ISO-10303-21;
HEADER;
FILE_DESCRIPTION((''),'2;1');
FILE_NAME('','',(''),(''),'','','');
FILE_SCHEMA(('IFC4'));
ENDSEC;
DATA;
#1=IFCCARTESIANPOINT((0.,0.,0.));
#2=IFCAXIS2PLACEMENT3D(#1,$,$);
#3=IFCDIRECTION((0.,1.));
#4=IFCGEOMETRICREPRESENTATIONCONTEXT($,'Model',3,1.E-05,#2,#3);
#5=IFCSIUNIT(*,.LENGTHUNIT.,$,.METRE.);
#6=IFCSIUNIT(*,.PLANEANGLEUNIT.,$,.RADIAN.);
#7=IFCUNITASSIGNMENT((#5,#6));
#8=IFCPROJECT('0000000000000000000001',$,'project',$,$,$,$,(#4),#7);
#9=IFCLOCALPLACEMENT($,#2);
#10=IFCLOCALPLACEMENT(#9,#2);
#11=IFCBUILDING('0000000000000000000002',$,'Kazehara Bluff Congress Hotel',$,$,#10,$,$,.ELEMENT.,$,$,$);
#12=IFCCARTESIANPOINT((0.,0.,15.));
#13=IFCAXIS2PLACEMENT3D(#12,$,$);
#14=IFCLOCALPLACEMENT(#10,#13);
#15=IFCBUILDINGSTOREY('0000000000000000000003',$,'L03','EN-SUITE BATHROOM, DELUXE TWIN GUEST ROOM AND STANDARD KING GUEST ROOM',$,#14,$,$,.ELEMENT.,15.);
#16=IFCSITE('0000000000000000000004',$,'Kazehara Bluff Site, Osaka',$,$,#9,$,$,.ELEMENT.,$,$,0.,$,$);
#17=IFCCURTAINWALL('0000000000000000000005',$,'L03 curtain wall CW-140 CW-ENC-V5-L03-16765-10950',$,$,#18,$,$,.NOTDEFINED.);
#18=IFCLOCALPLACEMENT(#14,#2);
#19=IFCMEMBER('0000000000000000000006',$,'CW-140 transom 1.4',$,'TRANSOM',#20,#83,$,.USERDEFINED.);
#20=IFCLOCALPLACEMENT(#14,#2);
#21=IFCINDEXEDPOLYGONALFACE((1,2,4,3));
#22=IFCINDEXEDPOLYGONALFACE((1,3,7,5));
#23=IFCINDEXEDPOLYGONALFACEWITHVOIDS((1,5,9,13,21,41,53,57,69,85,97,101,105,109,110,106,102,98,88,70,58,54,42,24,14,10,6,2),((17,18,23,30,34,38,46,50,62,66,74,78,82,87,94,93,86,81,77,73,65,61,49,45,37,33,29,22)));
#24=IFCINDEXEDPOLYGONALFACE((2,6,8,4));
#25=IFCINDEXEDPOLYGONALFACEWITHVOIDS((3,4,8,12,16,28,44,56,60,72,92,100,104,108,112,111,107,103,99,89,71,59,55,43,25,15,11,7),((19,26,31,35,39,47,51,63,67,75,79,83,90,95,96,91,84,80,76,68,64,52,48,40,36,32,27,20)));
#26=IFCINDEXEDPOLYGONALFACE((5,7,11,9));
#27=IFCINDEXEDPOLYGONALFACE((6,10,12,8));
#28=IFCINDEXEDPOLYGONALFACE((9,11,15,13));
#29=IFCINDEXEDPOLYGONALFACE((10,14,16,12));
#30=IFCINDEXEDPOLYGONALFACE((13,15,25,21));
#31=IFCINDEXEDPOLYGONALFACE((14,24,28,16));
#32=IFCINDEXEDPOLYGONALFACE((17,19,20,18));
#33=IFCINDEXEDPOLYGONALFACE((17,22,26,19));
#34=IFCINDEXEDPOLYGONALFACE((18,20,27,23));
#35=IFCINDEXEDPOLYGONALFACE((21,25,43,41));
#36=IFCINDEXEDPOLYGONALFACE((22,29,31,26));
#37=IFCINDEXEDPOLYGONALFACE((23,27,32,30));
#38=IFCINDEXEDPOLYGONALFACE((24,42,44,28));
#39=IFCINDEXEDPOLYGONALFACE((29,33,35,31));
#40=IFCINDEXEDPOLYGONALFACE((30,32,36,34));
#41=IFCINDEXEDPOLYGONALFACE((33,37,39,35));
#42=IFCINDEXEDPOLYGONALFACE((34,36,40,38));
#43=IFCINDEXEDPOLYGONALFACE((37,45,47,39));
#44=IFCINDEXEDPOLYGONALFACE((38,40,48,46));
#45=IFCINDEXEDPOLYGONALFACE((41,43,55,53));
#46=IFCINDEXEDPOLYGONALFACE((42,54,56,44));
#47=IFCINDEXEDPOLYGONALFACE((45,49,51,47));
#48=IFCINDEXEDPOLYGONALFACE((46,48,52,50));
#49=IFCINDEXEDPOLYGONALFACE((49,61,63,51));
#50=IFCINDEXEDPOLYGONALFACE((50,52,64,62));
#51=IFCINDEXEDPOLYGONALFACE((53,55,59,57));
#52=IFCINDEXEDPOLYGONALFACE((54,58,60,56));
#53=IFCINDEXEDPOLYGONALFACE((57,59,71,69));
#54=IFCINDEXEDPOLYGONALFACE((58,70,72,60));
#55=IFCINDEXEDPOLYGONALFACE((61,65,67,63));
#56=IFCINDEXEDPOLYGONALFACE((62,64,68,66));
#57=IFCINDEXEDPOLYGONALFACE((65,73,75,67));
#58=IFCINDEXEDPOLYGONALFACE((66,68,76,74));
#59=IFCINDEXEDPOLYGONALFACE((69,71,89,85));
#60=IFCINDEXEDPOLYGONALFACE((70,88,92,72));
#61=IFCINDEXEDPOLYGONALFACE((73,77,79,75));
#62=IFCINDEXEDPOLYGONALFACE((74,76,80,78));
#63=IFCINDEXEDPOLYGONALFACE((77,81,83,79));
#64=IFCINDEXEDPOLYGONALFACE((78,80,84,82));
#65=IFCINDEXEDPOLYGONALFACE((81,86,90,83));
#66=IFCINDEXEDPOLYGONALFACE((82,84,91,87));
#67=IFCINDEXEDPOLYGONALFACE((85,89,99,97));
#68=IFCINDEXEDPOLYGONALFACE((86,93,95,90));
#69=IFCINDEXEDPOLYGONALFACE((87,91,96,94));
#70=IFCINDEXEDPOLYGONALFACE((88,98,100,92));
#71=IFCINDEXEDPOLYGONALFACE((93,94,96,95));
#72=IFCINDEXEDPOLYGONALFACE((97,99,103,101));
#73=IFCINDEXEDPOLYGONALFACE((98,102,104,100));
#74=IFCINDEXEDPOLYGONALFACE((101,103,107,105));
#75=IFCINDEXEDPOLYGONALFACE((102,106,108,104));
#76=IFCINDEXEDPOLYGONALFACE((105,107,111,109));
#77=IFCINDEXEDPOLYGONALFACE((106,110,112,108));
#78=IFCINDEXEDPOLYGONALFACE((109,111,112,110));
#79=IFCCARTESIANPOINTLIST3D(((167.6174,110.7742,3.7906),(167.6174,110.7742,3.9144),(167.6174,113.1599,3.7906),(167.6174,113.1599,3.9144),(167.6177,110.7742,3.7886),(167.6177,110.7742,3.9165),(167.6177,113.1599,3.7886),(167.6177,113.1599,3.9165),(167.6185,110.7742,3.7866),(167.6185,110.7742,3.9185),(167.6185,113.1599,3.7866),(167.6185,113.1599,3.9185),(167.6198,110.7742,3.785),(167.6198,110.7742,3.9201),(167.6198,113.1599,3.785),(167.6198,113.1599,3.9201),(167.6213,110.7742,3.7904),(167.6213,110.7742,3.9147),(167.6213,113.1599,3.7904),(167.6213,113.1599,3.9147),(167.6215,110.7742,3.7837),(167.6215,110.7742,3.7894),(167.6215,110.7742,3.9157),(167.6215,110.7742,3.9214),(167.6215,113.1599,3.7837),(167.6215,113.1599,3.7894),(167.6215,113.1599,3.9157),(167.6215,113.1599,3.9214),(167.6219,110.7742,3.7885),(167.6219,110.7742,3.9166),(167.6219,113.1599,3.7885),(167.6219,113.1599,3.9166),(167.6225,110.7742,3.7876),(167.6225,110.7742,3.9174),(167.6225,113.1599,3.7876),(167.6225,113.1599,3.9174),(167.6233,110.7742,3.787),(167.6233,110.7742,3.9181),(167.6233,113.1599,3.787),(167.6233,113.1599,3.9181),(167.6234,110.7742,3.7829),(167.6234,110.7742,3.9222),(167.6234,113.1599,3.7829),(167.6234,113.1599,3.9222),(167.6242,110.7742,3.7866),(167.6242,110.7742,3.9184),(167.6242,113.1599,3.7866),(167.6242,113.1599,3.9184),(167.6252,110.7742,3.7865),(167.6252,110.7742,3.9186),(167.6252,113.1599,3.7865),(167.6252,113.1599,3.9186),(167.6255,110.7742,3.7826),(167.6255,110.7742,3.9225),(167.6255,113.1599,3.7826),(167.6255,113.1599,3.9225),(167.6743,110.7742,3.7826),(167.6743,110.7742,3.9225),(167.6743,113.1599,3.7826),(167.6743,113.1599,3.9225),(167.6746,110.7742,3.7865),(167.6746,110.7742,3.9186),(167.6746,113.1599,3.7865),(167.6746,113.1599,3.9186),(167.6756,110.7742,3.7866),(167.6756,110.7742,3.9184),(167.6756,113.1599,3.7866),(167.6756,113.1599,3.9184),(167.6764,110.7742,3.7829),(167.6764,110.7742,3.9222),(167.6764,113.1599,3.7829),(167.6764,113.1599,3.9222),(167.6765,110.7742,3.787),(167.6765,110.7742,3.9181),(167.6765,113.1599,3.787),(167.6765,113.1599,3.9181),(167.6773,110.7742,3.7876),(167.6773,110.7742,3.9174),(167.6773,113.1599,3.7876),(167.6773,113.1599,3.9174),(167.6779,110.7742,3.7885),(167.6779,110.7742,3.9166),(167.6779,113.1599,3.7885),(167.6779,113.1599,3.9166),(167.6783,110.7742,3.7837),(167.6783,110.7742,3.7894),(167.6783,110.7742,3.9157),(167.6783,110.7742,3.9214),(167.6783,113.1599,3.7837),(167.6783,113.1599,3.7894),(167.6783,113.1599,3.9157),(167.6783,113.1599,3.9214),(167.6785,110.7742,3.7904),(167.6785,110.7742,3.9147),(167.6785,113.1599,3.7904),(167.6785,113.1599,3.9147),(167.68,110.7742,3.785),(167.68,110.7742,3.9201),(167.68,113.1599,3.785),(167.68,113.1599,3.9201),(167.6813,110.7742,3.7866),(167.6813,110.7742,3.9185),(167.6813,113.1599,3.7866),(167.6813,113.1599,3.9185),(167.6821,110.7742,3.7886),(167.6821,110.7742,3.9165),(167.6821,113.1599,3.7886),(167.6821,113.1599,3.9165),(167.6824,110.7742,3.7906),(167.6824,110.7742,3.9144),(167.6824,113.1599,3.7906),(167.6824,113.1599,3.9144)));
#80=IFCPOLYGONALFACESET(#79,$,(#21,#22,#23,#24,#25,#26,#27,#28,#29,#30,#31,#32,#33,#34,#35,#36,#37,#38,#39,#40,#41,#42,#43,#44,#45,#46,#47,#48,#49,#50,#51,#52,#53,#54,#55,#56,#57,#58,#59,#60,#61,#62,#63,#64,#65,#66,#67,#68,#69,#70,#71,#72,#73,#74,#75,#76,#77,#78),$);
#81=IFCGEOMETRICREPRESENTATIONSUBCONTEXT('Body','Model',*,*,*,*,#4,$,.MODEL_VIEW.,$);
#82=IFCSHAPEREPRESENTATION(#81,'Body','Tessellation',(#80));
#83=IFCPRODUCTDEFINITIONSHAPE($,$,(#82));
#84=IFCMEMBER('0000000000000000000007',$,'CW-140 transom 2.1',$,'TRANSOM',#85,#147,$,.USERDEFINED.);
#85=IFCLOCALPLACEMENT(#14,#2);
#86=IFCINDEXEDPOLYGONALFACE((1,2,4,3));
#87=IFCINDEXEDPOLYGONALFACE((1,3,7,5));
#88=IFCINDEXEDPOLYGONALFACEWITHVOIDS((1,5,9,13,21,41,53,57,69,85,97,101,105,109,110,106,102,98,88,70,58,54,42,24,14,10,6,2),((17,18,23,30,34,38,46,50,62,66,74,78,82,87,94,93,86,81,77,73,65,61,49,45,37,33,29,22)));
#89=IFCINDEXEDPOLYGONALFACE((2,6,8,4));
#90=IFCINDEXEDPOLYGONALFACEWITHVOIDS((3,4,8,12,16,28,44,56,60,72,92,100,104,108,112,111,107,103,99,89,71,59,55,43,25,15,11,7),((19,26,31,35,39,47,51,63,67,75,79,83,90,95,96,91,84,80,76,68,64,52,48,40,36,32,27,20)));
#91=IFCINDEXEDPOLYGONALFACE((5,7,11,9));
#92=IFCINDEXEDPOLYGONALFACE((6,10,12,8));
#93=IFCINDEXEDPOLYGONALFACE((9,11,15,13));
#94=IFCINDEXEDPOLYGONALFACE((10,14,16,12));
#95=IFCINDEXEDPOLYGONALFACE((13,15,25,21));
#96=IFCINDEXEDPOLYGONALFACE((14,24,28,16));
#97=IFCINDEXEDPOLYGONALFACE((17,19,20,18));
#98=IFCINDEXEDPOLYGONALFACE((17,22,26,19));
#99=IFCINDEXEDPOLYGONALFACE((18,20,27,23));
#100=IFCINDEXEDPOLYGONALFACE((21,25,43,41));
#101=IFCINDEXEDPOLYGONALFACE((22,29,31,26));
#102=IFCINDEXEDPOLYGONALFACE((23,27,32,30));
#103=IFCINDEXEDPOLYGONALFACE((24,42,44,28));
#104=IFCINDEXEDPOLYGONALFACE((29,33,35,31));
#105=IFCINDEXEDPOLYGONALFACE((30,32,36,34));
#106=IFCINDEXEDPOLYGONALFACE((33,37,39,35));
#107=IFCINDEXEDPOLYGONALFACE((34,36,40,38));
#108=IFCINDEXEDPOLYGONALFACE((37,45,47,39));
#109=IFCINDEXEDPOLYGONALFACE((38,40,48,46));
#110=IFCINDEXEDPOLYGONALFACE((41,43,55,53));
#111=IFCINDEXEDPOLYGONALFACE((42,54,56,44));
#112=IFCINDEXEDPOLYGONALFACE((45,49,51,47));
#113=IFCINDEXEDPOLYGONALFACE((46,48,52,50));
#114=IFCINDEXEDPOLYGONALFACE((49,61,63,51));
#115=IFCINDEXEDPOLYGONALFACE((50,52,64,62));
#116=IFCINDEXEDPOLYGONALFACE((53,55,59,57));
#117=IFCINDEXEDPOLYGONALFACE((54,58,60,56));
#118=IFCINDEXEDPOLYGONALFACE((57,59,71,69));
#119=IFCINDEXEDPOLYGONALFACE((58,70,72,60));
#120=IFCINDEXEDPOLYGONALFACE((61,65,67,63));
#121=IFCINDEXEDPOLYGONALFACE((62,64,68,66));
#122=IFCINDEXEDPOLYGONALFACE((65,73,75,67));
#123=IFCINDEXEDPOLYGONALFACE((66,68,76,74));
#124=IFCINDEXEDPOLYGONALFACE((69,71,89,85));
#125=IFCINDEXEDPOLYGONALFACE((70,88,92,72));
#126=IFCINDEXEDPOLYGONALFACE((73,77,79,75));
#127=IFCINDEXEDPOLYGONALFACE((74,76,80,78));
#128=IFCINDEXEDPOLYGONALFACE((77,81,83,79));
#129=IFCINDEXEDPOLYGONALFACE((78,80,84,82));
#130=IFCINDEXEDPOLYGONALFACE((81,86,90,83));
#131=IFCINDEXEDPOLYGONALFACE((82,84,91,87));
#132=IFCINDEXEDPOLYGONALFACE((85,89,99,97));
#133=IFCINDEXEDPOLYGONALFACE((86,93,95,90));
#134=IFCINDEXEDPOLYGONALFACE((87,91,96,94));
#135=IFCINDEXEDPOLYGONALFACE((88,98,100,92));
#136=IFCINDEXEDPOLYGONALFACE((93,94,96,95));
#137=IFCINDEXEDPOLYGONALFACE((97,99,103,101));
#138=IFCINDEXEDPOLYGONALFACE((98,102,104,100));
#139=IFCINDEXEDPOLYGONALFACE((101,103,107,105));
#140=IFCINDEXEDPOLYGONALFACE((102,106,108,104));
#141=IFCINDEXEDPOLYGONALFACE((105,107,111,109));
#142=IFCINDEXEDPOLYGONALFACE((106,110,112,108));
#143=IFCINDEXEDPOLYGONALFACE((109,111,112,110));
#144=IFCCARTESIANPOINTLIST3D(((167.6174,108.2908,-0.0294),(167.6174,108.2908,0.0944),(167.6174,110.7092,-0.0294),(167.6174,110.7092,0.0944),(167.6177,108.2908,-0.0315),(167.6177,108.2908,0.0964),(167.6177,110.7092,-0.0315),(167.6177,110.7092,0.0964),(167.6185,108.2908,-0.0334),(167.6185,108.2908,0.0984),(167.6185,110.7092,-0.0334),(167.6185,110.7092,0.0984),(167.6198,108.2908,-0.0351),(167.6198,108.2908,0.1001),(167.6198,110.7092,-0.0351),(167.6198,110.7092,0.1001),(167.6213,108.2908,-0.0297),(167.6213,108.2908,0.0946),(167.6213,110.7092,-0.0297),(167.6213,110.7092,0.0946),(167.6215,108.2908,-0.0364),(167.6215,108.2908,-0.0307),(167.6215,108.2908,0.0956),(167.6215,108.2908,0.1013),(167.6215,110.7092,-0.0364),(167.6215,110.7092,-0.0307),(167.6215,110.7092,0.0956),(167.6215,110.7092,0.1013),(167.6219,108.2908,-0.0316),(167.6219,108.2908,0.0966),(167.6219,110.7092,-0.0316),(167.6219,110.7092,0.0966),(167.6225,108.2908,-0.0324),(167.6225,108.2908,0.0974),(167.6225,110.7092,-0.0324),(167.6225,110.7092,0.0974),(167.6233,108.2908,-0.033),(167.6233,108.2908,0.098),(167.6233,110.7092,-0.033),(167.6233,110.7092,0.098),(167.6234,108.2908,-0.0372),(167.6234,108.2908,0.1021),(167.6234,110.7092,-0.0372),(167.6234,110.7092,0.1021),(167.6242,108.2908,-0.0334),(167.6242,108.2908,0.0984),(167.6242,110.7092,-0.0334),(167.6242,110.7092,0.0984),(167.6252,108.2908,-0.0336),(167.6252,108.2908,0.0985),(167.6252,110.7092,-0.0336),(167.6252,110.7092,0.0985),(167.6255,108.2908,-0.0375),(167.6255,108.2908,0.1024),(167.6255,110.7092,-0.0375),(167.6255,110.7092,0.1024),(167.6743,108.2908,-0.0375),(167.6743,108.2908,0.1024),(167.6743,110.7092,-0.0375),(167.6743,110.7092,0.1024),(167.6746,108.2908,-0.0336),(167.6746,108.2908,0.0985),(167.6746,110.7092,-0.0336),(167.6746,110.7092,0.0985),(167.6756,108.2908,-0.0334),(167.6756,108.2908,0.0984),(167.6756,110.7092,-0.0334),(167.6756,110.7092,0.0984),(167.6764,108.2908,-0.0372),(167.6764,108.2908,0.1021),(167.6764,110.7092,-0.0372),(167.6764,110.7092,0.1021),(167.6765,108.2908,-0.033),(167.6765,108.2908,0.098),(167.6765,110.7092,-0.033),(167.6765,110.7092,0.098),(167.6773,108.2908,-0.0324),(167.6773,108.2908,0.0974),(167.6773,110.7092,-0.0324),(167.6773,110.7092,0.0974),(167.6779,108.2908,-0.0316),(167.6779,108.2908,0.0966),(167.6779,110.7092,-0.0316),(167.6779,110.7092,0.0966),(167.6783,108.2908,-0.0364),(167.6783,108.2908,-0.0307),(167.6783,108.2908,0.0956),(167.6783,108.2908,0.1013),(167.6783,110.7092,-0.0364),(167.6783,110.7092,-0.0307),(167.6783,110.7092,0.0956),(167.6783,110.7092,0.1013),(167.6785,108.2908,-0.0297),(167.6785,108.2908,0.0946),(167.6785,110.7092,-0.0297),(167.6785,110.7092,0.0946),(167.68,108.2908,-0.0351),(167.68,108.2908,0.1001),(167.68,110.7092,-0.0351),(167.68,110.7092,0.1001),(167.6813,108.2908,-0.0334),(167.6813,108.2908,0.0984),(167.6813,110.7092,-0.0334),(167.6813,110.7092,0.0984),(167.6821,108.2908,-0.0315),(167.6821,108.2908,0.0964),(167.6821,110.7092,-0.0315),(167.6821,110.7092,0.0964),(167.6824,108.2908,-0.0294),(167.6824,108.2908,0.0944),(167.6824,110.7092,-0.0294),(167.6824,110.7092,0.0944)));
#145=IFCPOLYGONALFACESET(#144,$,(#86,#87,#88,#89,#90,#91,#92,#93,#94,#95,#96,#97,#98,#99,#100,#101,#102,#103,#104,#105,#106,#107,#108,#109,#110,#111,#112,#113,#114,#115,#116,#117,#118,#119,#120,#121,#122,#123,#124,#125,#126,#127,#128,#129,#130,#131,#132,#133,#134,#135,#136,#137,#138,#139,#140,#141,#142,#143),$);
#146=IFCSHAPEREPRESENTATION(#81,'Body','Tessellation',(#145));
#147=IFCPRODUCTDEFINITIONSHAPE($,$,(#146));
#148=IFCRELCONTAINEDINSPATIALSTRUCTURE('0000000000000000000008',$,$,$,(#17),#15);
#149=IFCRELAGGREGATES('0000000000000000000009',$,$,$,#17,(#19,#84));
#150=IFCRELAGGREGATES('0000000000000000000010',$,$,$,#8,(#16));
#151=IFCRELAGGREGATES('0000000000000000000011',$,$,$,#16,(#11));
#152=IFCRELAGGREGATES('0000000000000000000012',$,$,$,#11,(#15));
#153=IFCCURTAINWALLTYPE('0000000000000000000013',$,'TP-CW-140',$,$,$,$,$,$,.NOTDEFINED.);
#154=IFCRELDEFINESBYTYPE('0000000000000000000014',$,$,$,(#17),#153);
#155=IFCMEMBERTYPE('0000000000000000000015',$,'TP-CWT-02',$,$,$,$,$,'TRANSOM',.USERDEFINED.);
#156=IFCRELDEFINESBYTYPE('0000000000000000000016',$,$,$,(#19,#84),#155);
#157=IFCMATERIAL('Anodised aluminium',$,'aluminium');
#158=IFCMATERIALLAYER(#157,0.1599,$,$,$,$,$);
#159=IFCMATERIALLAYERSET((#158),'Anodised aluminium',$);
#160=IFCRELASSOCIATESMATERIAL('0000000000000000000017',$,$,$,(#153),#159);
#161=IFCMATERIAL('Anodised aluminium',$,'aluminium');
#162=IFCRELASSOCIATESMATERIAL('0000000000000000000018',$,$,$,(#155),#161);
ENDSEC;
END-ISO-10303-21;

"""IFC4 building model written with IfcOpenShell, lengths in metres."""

from ifc_helpers import new_model, si_unit, direction, frame, origin, origin_2d, place, context, subcontext, project, spatial, hollow_rectangle, extrude, material, layer, layer_set, material_profile, profile_set, type_object, element, aggregate, save


model = new_model("IFC4")

# Units and contexts
model_context = context("Model", 3, precision=1e-05, world=origin(), true_north=direction((0.0, 1.0)))
body_context = subcontext(model_context, "Body", "Model", "MODEL_VIEW")
ifc_project = project(units=[si_unit("LENGTHUNIT", "METRE"), si_unit("PLANEANGLEUNIT", "RADIAN")], contexts=[model_context])

# Site, building, storey
site_placement = place(None, origin())
site = spatial("IfcSite", under=ifc_project, at=site_placement, Name="Kazehara Bluff Site, Osaka", CompositionType="ELEMENT", RefElevation=0.0)
building_placement = place(site_placement, origin())
building = spatial("IfcBuilding", under=site, at=building_placement, Name="Kazehara Bluff Congress Hotel", CompositionType="ELEMENT")
storey_placement = place(building_placement, frame((0.0, 0.0, 15.0)))
storey = spatial("IfcBuildingStorey", under=building, at=storey_placement, Name="L03", Description="EN-SUITE BATHROOM, DELUXE TWIN GUEST ROOM AND STANDARD KING GUEST ROOM", CompositionType="ELEMENT", Elevation=15.0)

# Curtain wall, members
ifc_material_1 = material(Name="Anodised aluminium", Category="aluminium")
ifc_layer_1 = layer(ifc_material_1, 0.1599)
ifc_layer_set_1 = layer_set([ifc_layer_1], Name="Anodised aluminium")
curtain_wall_type_1 = type_object("IfcCurtainWallType", Name="TP-CW-140", PredefinedType="NOTDEFINED", material=ifc_layer_set_1)
curtain_wall_1_placement = place(storey_placement, origin())
curtain_wall_1 = element("IfcCurtainWall", 1, at=curtain_wall_1_placement, inside=storey, type_object=curtain_wall_type_1, Name="L03 curtain wall CW-140 CW-ENC-V5-L03-16765-10950", PredefinedType="NOTDEFINED")
ifc_material_2 = material(Name="Anodised aluminium", Category="aluminium")
ifc_material_profile_1 = material_profile(ifc_material_2, hollow_rectangle(XDim=0.0649, YDim=0.1399, WallThickness=0.0039, InnerFilletRadius=0.0039, OuterFilletRadius=0.0081, at=origin_2d()))
ifc_profile_set_1 = profile_set([ifc_material_profile_1], Name="Anodised aluminium")
member_type_1 = type_object("IfcMemberType", Name="TP-CWT-02", ElementType="TRANSOM", PredefinedType="USERDEFINED", material=ifc_profile_set_1)
member_1_placement = place(storey_placement, frame((167.6499, 113.1599, 3.8525), z_axis=(0.0, -1.0, 0.0), x_axis=(1.0, 0.0, 0.0)))
member_1 = element("IfcMember", 2, at=member_1_placement, type_object=member_type_1, Name="CW-140 transom 1.4", ObjectType="TRANSOM", PredefinedType="USERDEFINED", context=body_context, shape_type="SweptSolid", body=[
    extrude(hollow_rectangle(XDim=0.0649, YDim=0.1399, WallThickness=0.0039, InnerFilletRadius=0.0039, OuterFilletRadius=0.0081, at=origin_2d()), origin(), (0.0, 0.0, 1.0), 2.3857),
])
member_2_placement = place(storey_placement, frame((167.6499, 110.7092, 0.0325), z_axis=(0.0, -1.0, 0.0), x_axis=(1.0, 0.0, 0.0)))
member_2 = element("IfcMember", 3, at=member_2_placement, type_object=member_type_1, Name="CW-140 transom 2.1", ObjectType="TRANSOM", PredefinedType="USERDEFINED", context=body_context, shape_type="SweptSolid", body=[
    extrude(hollow_rectangle(XDim=0.0649, YDim=0.1399, WallThickness=0.0039, InnerFilletRadius=0.0039, OuterFilletRadius=0.0081, at=origin_2d()), origin(), (0.0, 0.0, 1.0), 2.4185),
])

aggregate(curtain_wall_1, [member_1, member_2])

save(model, "model.ifc")
